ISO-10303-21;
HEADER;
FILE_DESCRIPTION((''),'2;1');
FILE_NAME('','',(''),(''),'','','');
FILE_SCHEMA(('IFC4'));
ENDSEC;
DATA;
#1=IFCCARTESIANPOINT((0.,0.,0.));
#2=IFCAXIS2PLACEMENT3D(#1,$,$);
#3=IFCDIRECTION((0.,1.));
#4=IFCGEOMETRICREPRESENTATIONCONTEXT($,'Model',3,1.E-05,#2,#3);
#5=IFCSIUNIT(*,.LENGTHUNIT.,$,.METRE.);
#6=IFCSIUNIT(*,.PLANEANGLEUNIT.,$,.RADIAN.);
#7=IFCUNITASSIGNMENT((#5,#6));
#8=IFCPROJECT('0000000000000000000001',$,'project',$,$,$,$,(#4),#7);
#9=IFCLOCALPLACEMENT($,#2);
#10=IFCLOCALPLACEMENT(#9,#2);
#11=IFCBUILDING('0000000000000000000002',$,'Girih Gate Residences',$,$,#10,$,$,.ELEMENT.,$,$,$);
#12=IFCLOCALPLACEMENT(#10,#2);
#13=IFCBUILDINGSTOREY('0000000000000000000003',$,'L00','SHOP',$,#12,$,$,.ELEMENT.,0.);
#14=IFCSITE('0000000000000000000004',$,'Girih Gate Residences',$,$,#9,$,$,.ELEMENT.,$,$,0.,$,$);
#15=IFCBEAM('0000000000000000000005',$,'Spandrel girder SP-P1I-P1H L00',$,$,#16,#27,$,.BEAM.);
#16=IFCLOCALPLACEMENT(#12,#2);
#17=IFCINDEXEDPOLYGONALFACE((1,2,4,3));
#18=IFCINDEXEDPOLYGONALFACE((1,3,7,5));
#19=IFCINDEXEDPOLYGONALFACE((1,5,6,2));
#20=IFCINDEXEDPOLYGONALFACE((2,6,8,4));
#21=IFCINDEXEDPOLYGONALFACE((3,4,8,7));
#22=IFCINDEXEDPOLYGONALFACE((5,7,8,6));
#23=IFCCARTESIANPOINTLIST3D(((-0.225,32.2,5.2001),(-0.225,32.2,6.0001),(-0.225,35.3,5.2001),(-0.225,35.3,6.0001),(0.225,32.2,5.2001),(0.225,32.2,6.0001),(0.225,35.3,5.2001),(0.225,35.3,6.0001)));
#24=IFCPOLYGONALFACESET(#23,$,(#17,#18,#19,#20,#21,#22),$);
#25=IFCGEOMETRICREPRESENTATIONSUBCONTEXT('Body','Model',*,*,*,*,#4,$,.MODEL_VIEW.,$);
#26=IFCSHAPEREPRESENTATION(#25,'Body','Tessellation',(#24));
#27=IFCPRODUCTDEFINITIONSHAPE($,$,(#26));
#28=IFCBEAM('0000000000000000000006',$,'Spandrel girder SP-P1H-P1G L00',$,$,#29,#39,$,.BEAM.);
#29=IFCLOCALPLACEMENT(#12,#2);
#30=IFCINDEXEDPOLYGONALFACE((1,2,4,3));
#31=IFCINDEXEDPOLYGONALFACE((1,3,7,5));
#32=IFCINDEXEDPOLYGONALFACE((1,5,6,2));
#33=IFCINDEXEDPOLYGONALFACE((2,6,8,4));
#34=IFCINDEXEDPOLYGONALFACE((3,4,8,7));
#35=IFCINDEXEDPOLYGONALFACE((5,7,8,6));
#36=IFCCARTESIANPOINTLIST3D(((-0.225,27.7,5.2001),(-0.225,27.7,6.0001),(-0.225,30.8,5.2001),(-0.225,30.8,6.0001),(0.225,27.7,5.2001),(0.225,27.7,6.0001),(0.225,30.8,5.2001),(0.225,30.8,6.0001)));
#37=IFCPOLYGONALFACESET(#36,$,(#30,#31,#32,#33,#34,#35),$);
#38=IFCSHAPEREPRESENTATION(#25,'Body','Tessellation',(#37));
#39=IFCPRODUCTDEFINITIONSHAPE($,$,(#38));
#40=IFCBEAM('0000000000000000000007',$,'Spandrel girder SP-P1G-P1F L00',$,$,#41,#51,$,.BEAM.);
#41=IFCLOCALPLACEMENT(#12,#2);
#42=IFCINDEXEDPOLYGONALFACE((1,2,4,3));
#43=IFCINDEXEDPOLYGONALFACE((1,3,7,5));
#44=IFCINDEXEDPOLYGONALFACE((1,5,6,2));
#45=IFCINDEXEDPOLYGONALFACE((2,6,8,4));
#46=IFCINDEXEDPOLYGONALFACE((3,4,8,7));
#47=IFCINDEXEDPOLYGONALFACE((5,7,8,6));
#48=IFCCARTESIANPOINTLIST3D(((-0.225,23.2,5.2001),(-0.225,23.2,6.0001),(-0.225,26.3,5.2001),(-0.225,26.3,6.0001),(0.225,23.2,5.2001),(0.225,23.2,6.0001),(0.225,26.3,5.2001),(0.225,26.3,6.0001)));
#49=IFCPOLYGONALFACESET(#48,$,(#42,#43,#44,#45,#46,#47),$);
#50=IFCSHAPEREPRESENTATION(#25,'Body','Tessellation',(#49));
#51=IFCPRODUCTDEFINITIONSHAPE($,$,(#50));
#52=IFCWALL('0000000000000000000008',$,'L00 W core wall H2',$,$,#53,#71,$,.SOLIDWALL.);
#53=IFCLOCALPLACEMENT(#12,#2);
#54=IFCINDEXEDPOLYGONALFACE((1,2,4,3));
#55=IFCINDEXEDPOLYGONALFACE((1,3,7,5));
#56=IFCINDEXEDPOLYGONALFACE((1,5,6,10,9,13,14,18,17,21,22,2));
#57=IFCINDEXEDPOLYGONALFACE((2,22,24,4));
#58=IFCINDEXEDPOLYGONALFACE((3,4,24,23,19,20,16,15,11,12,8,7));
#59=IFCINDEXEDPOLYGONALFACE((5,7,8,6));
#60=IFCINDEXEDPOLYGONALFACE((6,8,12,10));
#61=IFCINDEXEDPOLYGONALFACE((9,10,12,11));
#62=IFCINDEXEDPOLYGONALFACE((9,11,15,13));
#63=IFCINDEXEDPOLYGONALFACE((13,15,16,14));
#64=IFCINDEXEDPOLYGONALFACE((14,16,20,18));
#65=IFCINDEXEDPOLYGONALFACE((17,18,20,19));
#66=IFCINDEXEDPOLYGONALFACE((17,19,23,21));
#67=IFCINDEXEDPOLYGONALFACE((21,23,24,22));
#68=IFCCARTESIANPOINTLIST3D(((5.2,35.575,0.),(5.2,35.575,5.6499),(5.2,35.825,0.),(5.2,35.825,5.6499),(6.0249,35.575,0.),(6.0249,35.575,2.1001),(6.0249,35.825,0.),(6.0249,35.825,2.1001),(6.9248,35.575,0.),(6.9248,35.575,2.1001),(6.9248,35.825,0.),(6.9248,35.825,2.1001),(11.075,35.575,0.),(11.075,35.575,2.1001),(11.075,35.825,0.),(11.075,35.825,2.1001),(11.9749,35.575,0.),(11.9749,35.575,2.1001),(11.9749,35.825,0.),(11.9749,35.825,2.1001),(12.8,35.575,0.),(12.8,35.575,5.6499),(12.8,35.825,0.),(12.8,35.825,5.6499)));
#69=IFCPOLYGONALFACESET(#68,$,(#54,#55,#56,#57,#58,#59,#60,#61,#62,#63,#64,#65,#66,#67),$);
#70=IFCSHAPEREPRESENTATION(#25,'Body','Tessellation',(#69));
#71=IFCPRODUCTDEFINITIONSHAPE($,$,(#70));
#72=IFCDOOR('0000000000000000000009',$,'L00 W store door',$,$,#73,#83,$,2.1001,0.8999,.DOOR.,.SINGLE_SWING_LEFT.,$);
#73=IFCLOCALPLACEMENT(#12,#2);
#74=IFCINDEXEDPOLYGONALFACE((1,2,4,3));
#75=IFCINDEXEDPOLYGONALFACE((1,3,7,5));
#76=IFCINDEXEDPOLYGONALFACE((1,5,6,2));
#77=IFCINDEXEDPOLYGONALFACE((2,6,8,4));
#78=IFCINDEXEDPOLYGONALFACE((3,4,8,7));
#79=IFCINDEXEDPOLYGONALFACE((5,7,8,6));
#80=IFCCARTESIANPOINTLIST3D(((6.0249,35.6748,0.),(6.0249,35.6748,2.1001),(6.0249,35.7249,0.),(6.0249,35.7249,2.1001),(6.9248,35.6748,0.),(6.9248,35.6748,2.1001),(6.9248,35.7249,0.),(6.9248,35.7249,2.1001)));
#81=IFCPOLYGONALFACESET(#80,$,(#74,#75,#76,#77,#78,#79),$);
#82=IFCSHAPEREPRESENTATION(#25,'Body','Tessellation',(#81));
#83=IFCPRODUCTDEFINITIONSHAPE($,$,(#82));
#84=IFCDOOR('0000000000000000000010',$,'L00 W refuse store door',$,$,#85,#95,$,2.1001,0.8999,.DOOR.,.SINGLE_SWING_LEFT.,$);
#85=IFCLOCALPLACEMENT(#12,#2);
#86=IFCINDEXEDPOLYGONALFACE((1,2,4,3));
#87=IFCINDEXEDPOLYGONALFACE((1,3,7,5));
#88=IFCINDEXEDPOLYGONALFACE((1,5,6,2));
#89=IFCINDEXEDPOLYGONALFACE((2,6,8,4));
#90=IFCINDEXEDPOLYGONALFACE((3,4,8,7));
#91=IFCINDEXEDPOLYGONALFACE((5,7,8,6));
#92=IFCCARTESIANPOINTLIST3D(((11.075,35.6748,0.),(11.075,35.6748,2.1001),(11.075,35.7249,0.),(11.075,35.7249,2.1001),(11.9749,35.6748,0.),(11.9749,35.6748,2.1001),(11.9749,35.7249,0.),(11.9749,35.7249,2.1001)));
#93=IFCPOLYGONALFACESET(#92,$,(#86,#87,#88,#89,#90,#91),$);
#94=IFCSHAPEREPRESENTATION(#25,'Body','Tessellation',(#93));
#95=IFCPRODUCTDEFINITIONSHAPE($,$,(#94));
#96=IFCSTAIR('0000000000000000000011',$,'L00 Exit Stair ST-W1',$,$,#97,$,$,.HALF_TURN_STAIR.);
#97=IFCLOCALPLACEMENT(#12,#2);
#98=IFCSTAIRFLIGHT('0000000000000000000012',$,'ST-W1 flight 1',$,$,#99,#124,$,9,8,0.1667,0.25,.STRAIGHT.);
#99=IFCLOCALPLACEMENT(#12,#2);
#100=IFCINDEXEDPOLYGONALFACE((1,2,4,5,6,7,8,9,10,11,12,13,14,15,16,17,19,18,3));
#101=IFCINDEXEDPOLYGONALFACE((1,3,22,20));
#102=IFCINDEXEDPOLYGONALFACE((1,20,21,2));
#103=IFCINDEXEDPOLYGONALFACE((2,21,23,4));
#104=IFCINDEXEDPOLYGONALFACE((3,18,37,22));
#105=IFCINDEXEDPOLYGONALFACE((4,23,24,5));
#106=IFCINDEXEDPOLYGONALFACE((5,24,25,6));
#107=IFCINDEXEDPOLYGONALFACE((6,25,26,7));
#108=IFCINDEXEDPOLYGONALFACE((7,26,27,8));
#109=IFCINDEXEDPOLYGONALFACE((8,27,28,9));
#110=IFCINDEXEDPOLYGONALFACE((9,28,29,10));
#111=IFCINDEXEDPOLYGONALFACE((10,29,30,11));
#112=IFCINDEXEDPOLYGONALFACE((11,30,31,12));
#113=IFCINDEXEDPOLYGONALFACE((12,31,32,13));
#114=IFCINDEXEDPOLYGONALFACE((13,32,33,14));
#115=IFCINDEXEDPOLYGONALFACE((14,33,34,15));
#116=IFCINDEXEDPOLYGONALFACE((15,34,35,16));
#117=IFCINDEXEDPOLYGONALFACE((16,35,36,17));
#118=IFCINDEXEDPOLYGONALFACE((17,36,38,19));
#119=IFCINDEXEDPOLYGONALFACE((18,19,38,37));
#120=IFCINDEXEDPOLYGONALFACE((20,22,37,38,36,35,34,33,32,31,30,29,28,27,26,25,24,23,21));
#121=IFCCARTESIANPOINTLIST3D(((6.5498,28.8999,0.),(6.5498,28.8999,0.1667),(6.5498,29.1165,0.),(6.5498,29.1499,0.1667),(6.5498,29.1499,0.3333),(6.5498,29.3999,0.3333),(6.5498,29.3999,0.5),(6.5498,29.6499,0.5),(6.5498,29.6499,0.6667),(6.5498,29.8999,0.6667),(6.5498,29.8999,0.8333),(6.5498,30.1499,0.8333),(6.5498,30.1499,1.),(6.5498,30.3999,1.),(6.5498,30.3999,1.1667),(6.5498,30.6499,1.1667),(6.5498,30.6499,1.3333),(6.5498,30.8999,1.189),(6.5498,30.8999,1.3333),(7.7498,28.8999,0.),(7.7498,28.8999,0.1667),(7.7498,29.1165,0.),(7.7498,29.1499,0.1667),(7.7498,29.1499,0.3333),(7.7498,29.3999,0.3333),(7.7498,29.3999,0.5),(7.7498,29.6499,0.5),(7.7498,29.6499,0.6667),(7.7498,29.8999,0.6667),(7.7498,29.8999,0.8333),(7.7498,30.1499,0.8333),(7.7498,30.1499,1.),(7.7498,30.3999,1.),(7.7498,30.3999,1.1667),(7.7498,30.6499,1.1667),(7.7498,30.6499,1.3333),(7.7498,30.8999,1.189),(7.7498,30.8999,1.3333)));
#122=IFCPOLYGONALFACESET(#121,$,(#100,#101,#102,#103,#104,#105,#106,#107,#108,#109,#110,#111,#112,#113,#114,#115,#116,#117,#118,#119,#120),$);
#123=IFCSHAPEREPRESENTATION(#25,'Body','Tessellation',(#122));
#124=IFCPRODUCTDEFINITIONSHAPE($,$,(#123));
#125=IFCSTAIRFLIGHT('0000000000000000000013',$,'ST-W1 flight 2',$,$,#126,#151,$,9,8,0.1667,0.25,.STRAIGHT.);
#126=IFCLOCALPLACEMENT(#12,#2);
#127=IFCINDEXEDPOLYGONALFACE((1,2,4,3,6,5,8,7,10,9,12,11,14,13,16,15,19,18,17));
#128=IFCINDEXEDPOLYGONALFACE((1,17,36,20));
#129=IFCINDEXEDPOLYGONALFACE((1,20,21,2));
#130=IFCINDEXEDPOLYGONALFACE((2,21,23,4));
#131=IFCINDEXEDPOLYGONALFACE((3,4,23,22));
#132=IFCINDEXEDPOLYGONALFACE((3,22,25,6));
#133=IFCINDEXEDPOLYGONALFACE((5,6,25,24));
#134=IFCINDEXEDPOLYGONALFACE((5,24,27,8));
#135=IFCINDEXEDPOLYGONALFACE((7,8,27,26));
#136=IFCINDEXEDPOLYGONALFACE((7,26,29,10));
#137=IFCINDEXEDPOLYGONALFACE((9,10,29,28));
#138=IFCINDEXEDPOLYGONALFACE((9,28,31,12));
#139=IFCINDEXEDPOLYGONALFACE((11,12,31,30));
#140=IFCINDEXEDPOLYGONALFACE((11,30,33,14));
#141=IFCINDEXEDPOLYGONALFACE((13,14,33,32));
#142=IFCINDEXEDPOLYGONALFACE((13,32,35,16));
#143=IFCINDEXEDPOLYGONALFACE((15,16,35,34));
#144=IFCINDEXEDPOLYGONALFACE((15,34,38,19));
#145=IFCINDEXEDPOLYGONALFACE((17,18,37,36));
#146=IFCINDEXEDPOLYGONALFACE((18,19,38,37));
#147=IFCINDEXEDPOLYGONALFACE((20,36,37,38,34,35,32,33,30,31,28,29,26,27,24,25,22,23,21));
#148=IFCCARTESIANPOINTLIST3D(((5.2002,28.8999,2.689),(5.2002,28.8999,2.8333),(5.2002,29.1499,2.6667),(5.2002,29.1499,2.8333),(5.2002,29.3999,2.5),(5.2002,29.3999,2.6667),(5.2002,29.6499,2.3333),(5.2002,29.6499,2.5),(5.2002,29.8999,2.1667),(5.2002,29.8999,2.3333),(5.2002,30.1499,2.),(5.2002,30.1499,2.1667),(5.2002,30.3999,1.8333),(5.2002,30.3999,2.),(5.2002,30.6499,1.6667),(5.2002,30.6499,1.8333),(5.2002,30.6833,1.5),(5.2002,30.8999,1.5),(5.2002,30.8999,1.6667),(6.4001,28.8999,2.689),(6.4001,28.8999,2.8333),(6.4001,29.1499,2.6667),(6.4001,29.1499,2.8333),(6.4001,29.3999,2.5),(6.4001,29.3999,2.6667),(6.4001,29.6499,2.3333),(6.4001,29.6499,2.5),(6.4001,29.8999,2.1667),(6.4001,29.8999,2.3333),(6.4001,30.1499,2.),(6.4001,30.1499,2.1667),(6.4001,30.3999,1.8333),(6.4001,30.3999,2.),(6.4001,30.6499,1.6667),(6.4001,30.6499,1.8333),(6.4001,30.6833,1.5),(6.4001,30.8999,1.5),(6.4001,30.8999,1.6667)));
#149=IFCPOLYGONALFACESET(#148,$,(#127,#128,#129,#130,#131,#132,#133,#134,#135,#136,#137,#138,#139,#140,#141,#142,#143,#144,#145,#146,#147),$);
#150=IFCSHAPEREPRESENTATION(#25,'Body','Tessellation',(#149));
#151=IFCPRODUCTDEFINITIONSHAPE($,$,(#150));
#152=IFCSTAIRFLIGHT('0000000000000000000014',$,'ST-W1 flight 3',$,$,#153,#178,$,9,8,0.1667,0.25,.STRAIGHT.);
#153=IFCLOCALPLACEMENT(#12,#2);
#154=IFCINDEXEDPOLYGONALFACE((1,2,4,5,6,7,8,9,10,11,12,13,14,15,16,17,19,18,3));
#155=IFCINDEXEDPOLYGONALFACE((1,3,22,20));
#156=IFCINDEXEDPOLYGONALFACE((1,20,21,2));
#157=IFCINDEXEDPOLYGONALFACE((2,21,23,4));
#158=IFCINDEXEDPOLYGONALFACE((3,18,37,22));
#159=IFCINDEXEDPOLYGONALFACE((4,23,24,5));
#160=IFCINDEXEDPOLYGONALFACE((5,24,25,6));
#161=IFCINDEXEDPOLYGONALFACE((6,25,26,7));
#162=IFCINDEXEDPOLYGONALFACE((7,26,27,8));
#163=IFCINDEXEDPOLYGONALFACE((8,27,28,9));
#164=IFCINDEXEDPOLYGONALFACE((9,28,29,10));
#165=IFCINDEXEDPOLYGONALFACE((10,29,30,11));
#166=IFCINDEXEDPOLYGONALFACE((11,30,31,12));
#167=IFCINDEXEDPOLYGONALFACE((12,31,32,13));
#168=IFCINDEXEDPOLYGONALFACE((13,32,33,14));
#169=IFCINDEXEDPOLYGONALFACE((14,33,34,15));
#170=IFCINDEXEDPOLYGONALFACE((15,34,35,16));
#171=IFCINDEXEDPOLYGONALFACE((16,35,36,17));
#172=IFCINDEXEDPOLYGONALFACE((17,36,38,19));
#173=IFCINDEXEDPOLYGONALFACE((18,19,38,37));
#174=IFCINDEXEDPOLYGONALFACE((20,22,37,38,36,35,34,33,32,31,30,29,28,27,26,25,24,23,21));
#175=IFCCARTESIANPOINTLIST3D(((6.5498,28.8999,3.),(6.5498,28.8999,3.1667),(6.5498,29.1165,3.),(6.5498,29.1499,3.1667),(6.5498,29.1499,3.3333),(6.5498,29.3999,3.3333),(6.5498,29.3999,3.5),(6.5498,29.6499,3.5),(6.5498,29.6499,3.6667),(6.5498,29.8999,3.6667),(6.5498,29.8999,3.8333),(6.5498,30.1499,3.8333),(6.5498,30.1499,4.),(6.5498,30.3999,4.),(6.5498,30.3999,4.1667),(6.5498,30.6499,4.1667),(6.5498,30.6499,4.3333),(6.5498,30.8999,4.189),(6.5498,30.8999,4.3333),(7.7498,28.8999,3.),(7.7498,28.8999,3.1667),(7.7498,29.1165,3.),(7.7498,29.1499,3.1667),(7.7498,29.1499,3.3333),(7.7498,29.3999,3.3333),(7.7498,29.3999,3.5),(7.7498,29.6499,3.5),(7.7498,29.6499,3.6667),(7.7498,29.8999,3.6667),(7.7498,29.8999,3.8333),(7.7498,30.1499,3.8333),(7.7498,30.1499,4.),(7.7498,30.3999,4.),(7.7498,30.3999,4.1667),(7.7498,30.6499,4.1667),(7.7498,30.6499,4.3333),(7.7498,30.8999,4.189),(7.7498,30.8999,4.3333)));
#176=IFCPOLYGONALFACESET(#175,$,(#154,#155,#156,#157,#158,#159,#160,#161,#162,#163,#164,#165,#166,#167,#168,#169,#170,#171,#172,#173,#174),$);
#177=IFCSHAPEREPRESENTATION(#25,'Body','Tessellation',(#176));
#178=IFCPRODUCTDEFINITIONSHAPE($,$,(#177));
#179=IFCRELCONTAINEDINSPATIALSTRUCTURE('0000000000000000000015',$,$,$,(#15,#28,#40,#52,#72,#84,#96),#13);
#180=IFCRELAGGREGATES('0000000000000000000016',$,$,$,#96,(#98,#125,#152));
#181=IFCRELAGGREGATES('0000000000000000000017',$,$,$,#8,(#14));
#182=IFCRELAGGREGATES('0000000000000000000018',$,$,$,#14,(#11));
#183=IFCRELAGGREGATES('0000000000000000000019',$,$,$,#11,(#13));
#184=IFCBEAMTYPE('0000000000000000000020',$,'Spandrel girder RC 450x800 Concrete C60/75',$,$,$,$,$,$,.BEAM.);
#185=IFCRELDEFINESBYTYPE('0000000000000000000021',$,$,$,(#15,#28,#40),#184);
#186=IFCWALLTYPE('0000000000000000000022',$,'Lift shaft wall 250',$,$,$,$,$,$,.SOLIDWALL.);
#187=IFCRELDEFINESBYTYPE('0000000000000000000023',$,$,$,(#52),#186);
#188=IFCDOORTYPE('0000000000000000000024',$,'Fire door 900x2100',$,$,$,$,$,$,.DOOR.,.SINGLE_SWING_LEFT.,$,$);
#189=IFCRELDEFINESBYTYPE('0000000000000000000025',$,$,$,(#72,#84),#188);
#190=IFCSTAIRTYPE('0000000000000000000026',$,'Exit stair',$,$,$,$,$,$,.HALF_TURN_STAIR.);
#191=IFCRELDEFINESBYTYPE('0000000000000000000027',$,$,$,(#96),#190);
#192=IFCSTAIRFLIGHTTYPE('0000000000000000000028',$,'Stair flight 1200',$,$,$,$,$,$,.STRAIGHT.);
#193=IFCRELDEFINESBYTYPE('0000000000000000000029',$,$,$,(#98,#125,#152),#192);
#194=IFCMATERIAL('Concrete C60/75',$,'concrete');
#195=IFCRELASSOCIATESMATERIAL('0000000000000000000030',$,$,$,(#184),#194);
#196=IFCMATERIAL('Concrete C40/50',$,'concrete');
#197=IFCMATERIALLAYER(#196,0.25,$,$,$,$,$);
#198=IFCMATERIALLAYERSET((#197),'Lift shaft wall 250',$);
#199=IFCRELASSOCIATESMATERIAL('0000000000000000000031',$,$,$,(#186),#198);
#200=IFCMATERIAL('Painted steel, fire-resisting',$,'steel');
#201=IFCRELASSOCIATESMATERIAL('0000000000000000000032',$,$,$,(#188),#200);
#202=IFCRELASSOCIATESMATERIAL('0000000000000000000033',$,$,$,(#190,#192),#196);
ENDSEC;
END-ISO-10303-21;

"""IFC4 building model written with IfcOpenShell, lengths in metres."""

from ifc_helpers import new_model, si_unit, direction, frame, frame_2d, origin, origin_2d, place, context, subcontext, project, spatial, polyline, rectangle, outline, extrude, material, layer, layer_set, material_profile, profile_set, type_object, element, fill, aggregate, save


model = new_model("IFC4")

# Units and contexts
model_context = context("Model", 3, precision=1e-05, world=origin(), true_north=direction((0.0, 1.0)))
body_context = subcontext(model_context, "Body", "Model", "MODEL_VIEW")
ifc_project = project(units=[si_unit("LENGTHUNIT", "METRE"), si_unit("PLANEANGLEUNIT", "RADIAN")], contexts=[model_context])

# Site, building, storey
site_placement = place(None, origin())
site = spatial("IfcSite", under=ifc_project, at=site_placement, Name="Girih Gate Residences", CompositionType="ELEMENT", RefElevation=0.0)
building_placement = place(site_placement, origin())
building = spatial("IfcBuilding", under=site, at=building_placement, Name="Girih Gate Residences", CompositionType="ELEMENT")
storey_placement = place(building_placement, origin())
storey = spatial("IfcBuildingStorey", under=building, at=storey_placement, Name="L00", Description="SHOP", CompositionType="ELEMENT", Elevation=0.0)

# Beams
ifc_material_1 = material(Name="Concrete C60/75", Category="concrete")
ifc_material_profile = material_profile(ifc_material_1, rectangle(XDim=0.45, YDim=0.8, at=origin_2d()))
ifc_profile_set = profile_set([ifc_material_profile], Name="Concrete C60/75")
beam_type = type_object("IfcBeamType", Name="Spandrel girder RC 450x800 Concrete C60/75", PredefinedType="BEAM", material=ifc_profile_set)
for number, where, z_axis, x_axis, name in (
    (1, (0.0, 35.3, 5.6001), (0.0, -1.0, 0.0), (1.0, 0.0, 0.0), "Spandrel girder SP-P1I-P1H L00"),
    (2, (0.0, 30.8, 5.6001), (0.0, -1.0, 0.0), (1.0, 0.0, 0.0), "Spandrel girder SP-P1H-P1G L00"),
    (3, (0.0, 26.3, 5.6001), (0.0, -1.0, 0.0), (1.0, 0.0, 0.0), "Spandrel girder SP-P1G-P1F L00"),
):
    element("IfcBeam", number, at=place(storey_placement, frame(where, z_axis=z_axis, x_axis=x_axis)), inside=storey, type_object=beam_type, Name=name, PredefinedType="BEAM", context=body_context, shape_type="SweptSolid", body=[
        extrude(rectangle(XDim=0.45, YDim=0.8, at=origin_2d()), origin(), (0.0, 0.0, 1.0), 3.1001),
    ])

# Wall, openings, doors
ifc_material_2 = material(Name="Concrete C40/50", Category="concrete")
ifc_layer = layer(ifc_material_2, 0.25)
ifc_layer_set = layer_set([ifc_layer], Name="Lift shaft wall 250")
wall_type = type_object("IfcWallType", Name="Lift shaft wall 250", PredefinedType="SOLIDWALL", material=ifc_layer_set)
wall_placement = place(storey_placement, frame((5.2, 35.7, 0.0), z_axis=(0.0, 0.0, 1.0), x_axis=(1.0, 0.0, 0.0)))
wall = element("IfcWall", 4, at=wall_placement, inside=storey, type_object=wall_type, Name="L00 W core wall H2", PredefinedType="SOLIDWALL", context=body_context, shape_type="SweptSolid", body=[
    extrude(rectangle(XDim=7.6001, YDim=0.25, at=frame_2d((3.8, 0.0))), origin(), (0.0, 0.0, 1.0), 5.6499),
])
opening_1_placement = place(wall_placement, frame((0.825, 0.0, 0.0)))
opening_1 = element("IfcOpeningElement", 5, at=opening_1_placement, cuts=wall, PredefinedType="OPENING", context=body_context, shape_type="SweptSolid", body=[
    extrude(rectangle(XDim=0.8999, YDim=2.1001, at=frame_2d((0.45, 1.05))), frame((0.0, 0.135, 0.0), z_axis=(0.0, -1.0, 0.0), x_axis=(1.0, 0.0, 0.0)), (0.0, 0.0, 1.0), 0.27),
])
opening_2_placement = place(wall_placement, frame((5.875, 0.0, 0.0)))
opening_2 = element("IfcOpeningElement", 6, at=opening_2_placement, cuts=wall, PredefinedType="OPENING", context=body_context, shape_type="SweptSolid", body=[
    extrude(rectangle(XDim=0.8999, YDim=2.1001, at=frame_2d((0.45, 1.05))), frame((0.0, 0.135, 0.0), z_axis=(0.0, -1.0, 0.0), x_axis=(1.0, 0.0, 0.0)), (0.0, 0.0, 1.0), 0.27),
])
ifc_material_3 = material(Name="Painted steel, fire-resisting", Category="steel")
door_type = type_object("IfcDoorType", Name="Fire door 900x2100", OperationType="SINGLE_SWING_LEFT", PredefinedType="DOOR", material=ifc_material_3)
door_1_placement = place(opening_1_placement, origin())
door_1 = element("IfcDoor", 7, at=door_1_placement, inside=storey, type_object=door_type, Name="L00 W store door", OperationType="SINGLE_SWING_LEFT", OverallHeight=2.1001, OverallWidth=0.8999, PredefinedType="DOOR", context=body_context, shape_type="SweptSolid", body=[
    extrude(rectangle(XDim=0.8999, YDim=2.1001, at=frame_2d((0.45, 1.05))), frame((0.0, 0.0249, 0.0), z_axis=(0.0, -1.0, 0.0), x_axis=(1.0, 0.0, 0.0)), (0.0, 0.0, 1.0), 0.05),
])
fill(opening_1, door_1)
door_2_placement = place(opening_2_placement, origin())
door_2 = element("IfcDoor", 8, at=door_2_placement, inside=storey, type_object=door_type, Name="L00 W refuse store door", OperationType="SINGLE_SWING_LEFT", OverallHeight=2.1001, OverallWidth=0.8999, PredefinedType="DOOR", context=body_context, shape_type="SweptSolid", body=[
    extrude(rectangle(XDim=0.8999, YDim=2.1001, at=frame_2d((0.45, 1.05))), frame((0.0, 0.0249, 0.0), z_axis=(0.0, -1.0, 0.0), x_axis=(1.0, 0.0, 0.0)), (0.0, 0.0, 1.0), 0.05),
])
fill(opening_2, door_2)

# Stair, stair flights
stair_type = type_object("IfcStairType", Name="Exit stair", PredefinedType="HALF_TURN_STAIR", material=ifc_material_2)
stair_placement = place(storey_placement, origin())
stair = element("IfcStair", 9, at=stair_placement, inside=storey, type_object=stair_type, Name="L00 Exit Stair ST-W1", PredefinedType="HALF_TURN_STAIR")
stair_flight_type = type_object("IfcStairFlightType", Name="Stair flight 1200", PredefinedType="STRAIGHT", material=ifc_material_2)
stair_flight_1_placement = place(storey_placement, frame((7.1499, 28.8999, 0.0), z_axis=(0.0, 0.0, 1.0), x_axis=(0.0, 1.0, 0.0)))
stair_flight_1 = element("IfcStairFlight", 10, at=stair_flight_1_placement, type_object=stair_flight_type, Name="ST-W1 flight 1", NumberOfRisers=9, NumberOfTreads=8, PredefinedType="STRAIGHT", RiserHeight=0.1667, TreadLength=0.25, context=body_context, shape_type="SweptSolid", body=[
    extrude(outline(polyline([(0.0, 0.0), (0.0, 0.1667), (0.25, 0.1667), (0.25, 0.3333), (0.5, 0.3333), (0.5, 0.5), (0.75, 0.5), (0.75, 0.6667), (1.0, 0.6667), (1.0, 0.8333), (1.25, 0.8333), (1.25, 1.0), (1.5, 1.0), (1.5, 1.1667), (1.75, 1.1667), (1.75, 1.3333), (2.0, 1.3333), (2.0, 1.5), (2.0, 1.189), (0.2166, 0.0), (0.0, 0.0)])), frame((0.0, 0.6001, 0.0), z_axis=(0.0, -1.0, 0.0), x_axis=(1.0, 0.0, 0.0)), (0.0, 0.0, 1.0), 1.2),
])
stair_flight_2_placement = place(storey_placement, frame((5.8, 30.8999, 1.5), z_axis=(0.0, 0.0, 1.0), x_axis=(0.0, -1.0, 0.0)))
stair_flight_2 = element("IfcStairFlight", 11, at=stair_flight_2_placement, type_object=stair_flight_type, Name="ST-W1 flight 2", NumberOfRisers=9, NumberOfTreads=8, PredefinedType="STRAIGHT", RiserHeight=0.1667, TreadLength=0.25, context=body_context, shape_type="SweptSolid", body=[
    extrude(outline(polyline([(0.0, 0.0), (0.0, 0.1667), (0.25, 0.1667), (0.25, 0.3333), (0.5, 0.3333), (0.5, 0.5), (0.75, 0.5), (0.75, 0.6667), (1.0, 0.6667), (1.0, 0.8333), (1.25, 0.8333), (1.25, 1.0), (1.5, 1.0), (1.5, 1.1667), (1.75, 1.1667), (1.75, 1.3333), (2.0, 1.3333), (2.0, 1.5), (2.0, 1.189), (0.2166, 0.0), (0.0, 0.0)])), frame((0.0, 0.6001, 0.0), z_axis=(0.0, -1.0, 0.0), x_axis=(1.0, 0.0, 0.0)), (0.0, 0.0, 1.0), 1.2),
])
stair_flight_3_placement = place(storey_placement, frame((7.1499, 28.8999, 3.0), z_axis=(0.0, 0.0, 1.0), x_axis=(0.0, 1.0, 0.0)))
stair_flight_3 = element("IfcStairFlight", 12, at=stair_flight_3_placement, type_object=stair_flight_type, Name="ST-W1 flight 3", NumberOfRisers=9, NumberOfTreads=8, PredefinedType="STRAIGHT", RiserHeight=0.1667, TreadLength=0.25, context=body_context, shape_type="SweptSolid", body=[
    extrude(outline(polyline([(0.0, 0.0), (0.0, 0.1667), (0.25, 0.1667), (0.25, 0.3333), (0.5, 0.3333), (0.5, 0.5), (0.75, 0.5), (0.75, 0.6667), (1.0, 0.6667), (1.0, 0.8333), (1.25, 0.8333), (1.25, 1.0), (1.5, 1.0), (1.5, 1.1667), (1.75, 1.1667), (1.75, 1.3333), (2.0, 1.3333), (2.0, 1.5), (2.0, 1.189), (0.2166, 0.0), (0.0, 0.0)])), frame((0.0, 0.6001, 0.0), z_axis=(0.0, -1.0, 0.0), x_axis=(1.0, 0.0, 0.0)), (0.0, 0.0, 1.0), 1.2),
])
aggregate(stair, [stair_flight_1, stair_flight_2, stair_flight_3])

save(model, "model.ifc")
